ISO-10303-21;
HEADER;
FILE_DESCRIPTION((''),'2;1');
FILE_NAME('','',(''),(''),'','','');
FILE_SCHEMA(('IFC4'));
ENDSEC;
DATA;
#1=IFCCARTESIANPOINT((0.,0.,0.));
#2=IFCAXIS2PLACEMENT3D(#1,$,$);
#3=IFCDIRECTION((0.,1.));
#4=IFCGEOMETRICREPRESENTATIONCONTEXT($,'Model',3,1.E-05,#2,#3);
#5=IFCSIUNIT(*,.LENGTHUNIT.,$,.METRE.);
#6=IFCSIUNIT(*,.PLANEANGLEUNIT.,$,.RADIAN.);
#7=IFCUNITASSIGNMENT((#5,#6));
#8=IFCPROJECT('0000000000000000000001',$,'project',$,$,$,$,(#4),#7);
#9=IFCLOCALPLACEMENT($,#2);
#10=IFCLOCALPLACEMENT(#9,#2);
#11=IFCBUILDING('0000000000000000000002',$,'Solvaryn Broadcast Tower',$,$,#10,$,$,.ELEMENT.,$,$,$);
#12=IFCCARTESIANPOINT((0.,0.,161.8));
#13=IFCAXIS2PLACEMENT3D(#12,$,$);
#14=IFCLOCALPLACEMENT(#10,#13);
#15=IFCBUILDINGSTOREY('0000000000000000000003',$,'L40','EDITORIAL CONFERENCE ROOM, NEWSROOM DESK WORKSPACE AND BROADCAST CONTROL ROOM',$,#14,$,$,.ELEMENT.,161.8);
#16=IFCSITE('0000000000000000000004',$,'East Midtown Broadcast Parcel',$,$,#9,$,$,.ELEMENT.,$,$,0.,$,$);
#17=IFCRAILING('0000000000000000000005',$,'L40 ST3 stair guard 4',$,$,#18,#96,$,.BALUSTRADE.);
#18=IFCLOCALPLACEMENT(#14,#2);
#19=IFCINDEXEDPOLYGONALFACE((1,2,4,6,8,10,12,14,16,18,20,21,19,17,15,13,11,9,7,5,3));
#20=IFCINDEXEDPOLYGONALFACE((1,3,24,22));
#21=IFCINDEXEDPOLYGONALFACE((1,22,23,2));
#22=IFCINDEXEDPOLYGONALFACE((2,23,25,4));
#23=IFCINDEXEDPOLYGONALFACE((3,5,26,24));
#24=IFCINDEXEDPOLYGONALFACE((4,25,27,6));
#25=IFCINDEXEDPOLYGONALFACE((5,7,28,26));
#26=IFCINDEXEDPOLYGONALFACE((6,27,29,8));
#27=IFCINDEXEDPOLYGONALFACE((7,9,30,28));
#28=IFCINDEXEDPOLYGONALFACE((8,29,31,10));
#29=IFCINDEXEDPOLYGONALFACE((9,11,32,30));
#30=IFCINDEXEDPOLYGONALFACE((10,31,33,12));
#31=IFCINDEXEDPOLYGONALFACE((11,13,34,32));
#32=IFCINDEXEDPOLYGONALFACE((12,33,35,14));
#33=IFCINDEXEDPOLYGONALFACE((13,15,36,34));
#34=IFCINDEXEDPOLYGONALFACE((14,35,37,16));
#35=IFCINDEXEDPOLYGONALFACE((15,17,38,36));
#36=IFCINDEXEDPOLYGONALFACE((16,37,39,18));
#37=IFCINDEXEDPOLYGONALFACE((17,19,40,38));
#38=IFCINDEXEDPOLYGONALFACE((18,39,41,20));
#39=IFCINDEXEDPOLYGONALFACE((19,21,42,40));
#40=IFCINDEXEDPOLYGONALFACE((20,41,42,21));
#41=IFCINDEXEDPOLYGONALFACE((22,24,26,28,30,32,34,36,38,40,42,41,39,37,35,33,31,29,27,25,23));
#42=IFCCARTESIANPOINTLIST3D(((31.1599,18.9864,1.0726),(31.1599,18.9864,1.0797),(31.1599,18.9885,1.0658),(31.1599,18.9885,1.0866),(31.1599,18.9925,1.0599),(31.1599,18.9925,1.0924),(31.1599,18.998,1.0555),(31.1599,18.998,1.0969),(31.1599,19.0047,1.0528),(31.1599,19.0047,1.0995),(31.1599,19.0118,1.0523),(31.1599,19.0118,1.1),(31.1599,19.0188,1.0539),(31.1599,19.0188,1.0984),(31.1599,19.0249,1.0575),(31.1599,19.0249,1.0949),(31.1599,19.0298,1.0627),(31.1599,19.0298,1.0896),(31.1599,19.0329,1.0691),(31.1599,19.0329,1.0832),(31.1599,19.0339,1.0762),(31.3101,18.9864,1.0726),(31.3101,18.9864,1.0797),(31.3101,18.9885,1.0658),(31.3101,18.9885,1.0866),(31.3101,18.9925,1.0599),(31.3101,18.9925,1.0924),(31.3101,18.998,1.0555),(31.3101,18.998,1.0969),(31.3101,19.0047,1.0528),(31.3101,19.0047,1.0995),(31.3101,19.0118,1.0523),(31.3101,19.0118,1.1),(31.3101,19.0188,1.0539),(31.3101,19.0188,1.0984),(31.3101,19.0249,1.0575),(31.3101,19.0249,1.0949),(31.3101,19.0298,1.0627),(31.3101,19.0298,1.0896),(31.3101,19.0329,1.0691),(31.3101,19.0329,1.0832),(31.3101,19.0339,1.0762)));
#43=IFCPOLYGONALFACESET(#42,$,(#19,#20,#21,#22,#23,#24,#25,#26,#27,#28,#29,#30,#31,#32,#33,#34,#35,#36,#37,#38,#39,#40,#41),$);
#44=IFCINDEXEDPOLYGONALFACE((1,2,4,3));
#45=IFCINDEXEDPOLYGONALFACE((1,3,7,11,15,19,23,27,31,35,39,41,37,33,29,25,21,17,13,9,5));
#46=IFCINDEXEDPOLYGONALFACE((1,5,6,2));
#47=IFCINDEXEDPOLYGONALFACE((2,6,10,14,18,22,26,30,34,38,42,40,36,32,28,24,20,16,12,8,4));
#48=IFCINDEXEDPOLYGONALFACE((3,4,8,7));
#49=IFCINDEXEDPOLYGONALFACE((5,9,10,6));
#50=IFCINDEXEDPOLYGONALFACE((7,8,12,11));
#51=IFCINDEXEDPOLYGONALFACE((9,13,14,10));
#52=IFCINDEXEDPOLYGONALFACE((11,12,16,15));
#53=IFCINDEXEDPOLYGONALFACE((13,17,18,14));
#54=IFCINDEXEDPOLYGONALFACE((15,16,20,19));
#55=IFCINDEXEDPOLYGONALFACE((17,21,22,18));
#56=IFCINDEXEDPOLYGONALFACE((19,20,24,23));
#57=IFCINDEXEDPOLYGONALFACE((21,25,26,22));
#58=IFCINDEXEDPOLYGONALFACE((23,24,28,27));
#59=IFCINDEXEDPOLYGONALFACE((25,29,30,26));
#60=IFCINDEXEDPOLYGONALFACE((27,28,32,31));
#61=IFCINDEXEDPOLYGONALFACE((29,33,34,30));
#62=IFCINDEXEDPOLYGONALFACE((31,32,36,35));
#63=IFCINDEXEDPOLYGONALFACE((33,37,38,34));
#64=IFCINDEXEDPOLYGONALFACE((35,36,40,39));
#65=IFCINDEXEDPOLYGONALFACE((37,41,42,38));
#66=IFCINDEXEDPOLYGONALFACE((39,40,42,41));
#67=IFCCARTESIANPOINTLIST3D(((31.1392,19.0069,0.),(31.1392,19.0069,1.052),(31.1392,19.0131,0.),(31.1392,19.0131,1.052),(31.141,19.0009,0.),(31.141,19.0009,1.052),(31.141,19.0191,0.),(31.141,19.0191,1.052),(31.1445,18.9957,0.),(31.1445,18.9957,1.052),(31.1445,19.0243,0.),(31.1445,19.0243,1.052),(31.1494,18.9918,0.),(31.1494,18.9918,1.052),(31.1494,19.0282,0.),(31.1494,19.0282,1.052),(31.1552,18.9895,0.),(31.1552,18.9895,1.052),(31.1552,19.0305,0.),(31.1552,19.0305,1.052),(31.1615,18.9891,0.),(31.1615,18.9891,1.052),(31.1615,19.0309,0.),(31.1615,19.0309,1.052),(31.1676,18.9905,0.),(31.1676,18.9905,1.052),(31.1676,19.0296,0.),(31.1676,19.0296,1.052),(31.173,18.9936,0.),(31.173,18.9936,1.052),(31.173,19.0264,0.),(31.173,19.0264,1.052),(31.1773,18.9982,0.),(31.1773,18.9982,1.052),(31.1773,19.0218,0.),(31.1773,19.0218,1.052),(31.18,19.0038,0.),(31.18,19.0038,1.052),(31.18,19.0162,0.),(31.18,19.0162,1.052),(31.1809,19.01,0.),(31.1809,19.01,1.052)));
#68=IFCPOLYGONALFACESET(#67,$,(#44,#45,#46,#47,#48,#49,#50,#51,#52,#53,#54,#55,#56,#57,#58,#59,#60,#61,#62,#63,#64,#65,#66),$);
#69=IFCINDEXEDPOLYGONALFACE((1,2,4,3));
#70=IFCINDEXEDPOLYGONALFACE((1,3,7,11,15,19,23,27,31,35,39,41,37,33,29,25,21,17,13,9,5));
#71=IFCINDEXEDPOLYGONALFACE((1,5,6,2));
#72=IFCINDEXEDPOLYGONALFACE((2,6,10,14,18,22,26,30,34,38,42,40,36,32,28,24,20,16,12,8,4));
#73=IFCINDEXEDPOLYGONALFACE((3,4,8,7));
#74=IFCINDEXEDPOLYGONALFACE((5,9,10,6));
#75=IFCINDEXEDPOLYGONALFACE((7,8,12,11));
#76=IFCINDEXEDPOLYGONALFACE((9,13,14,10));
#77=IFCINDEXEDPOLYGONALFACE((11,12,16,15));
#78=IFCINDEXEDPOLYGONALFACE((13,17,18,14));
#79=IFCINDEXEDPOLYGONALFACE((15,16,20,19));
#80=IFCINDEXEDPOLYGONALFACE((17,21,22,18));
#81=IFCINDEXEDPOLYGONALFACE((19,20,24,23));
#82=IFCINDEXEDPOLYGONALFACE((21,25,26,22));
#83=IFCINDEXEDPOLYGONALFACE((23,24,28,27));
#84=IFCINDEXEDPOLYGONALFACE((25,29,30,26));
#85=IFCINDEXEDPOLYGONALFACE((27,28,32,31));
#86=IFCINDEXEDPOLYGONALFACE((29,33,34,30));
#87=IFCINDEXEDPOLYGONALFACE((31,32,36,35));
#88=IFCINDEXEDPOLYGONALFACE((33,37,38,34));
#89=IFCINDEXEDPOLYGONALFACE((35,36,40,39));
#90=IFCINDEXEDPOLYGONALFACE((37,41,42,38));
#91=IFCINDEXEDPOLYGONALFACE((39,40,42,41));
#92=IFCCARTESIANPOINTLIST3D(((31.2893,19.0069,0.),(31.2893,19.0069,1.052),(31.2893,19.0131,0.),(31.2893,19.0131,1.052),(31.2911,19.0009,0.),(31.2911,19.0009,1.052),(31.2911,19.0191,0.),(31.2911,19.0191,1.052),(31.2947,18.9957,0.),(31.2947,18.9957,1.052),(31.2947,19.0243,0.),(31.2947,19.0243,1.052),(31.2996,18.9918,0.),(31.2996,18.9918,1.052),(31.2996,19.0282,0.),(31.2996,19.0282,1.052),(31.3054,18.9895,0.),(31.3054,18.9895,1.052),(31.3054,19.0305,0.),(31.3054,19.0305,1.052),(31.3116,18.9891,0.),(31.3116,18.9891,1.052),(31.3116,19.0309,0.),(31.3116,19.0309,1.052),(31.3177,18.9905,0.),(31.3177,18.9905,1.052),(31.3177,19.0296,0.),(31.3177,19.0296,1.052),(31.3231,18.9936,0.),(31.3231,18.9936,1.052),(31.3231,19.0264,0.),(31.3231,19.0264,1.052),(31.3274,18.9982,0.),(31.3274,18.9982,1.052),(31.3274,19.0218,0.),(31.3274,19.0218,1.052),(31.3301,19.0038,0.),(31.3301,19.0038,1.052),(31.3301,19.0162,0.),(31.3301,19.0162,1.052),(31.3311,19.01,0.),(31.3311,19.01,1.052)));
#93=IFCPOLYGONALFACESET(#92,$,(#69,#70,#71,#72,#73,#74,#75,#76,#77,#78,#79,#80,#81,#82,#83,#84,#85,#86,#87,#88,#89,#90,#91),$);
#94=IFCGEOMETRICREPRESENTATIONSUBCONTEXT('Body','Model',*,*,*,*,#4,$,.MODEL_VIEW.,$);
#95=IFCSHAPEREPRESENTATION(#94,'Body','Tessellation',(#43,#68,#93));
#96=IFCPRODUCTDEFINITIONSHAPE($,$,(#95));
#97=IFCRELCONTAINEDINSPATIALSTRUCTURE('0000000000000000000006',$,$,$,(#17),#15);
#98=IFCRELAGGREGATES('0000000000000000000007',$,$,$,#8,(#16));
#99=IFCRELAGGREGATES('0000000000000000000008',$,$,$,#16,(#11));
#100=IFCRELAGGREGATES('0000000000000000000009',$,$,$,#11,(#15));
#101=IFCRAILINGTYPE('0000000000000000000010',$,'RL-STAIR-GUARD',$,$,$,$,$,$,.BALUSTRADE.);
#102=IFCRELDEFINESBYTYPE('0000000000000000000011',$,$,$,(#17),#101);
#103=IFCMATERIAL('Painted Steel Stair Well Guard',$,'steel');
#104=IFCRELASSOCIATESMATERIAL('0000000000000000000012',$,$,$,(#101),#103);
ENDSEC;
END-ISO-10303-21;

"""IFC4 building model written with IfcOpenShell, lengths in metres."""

from ifc_helpers import new_model, si_unit, direction, frame, origin, origin_2d, place, context, subcontext, project, spatial, circle, extrude, material, type_object, element, save


model = new_model("IFC4")

# Units and contexts
model_context = context("Model", 3, precision=1e-05, world=origin(), true_north=direction((0.0, 1.0)))
body_context = subcontext(model_context, "Body", "Model", "MODEL_VIEW")
ifc_project = project(units=[si_unit("LENGTHUNIT", "METRE"), si_unit("PLANEANGLEUNIT", "RADIAN")], contexts=[model_context])

# Site, building, storey
site_placement = place(None, origin())
site = spatial("IfcSite", under=ifc_project, at=site_placement, Name="East Midtown Broadcast Parcel", CompositionType="ELEMENT", RefElevation=0.0)
building_placement = place(site_placement, origin())
building = spatial("IfcBuilding", under=site, at=building_placement, Name="Solvaryn Broadcast Tower", CompositionType="ELEMENT")
storey_placement = place(building_placement, frame((0.0, 0.0, 161.8)))
storey = spatial("IfcBuildingStorey", under=building, at=storey_placement, Name="L40", Description="EDITORIAL CONFERENCE ROOM, NEWSROOM DESK WORKSPACE AND BROADCAST CONTROL ROOM", CompositionType="ELEMENT", Elevation=161.8)

# Railing
ifc_material_1 = material(Name="Painted Steel Stair Well Guard", Category="steel")
railing_type_1 = type_object("IfcRailingType", Name="RL-STAIR-GUARD", PredefinedType="BALUSTRADE", material=ifc_material_1)
railing_1_placement = place(storey_placement, frame((31.1599, 19.01, 0.0)))
element("IfcRailing", 1, at=railing_1_placement, inside=storey, type_object=railing_type_1, Name="L40 ST3 stair guard 4", PredefinedType="BALUSTRADE", context=body_context, shape_type="SweptSolid", body=[
    extrude(circle(Radius=0.0239, at=origin_2d()), frame((0.0, 0.0, 1.0762), z_axis=(1.0, 0.0, 0.0), x_axis=(0.0, 1.0, 0.0)), (0.0, 0.0, 1.0), 0.1501),
    extrude(circle(Radius=0.021, at=origin_2d()), origin(), (0.0, 0.0, 1.0), 1.052),
    extrude(circle(Radius=0.021, at=origin_2d()), frame((0.1501, 0.0, 0.0)), (0.0, 0.0, 1.0), 1.052),
])

save(model, "model.ifc")
